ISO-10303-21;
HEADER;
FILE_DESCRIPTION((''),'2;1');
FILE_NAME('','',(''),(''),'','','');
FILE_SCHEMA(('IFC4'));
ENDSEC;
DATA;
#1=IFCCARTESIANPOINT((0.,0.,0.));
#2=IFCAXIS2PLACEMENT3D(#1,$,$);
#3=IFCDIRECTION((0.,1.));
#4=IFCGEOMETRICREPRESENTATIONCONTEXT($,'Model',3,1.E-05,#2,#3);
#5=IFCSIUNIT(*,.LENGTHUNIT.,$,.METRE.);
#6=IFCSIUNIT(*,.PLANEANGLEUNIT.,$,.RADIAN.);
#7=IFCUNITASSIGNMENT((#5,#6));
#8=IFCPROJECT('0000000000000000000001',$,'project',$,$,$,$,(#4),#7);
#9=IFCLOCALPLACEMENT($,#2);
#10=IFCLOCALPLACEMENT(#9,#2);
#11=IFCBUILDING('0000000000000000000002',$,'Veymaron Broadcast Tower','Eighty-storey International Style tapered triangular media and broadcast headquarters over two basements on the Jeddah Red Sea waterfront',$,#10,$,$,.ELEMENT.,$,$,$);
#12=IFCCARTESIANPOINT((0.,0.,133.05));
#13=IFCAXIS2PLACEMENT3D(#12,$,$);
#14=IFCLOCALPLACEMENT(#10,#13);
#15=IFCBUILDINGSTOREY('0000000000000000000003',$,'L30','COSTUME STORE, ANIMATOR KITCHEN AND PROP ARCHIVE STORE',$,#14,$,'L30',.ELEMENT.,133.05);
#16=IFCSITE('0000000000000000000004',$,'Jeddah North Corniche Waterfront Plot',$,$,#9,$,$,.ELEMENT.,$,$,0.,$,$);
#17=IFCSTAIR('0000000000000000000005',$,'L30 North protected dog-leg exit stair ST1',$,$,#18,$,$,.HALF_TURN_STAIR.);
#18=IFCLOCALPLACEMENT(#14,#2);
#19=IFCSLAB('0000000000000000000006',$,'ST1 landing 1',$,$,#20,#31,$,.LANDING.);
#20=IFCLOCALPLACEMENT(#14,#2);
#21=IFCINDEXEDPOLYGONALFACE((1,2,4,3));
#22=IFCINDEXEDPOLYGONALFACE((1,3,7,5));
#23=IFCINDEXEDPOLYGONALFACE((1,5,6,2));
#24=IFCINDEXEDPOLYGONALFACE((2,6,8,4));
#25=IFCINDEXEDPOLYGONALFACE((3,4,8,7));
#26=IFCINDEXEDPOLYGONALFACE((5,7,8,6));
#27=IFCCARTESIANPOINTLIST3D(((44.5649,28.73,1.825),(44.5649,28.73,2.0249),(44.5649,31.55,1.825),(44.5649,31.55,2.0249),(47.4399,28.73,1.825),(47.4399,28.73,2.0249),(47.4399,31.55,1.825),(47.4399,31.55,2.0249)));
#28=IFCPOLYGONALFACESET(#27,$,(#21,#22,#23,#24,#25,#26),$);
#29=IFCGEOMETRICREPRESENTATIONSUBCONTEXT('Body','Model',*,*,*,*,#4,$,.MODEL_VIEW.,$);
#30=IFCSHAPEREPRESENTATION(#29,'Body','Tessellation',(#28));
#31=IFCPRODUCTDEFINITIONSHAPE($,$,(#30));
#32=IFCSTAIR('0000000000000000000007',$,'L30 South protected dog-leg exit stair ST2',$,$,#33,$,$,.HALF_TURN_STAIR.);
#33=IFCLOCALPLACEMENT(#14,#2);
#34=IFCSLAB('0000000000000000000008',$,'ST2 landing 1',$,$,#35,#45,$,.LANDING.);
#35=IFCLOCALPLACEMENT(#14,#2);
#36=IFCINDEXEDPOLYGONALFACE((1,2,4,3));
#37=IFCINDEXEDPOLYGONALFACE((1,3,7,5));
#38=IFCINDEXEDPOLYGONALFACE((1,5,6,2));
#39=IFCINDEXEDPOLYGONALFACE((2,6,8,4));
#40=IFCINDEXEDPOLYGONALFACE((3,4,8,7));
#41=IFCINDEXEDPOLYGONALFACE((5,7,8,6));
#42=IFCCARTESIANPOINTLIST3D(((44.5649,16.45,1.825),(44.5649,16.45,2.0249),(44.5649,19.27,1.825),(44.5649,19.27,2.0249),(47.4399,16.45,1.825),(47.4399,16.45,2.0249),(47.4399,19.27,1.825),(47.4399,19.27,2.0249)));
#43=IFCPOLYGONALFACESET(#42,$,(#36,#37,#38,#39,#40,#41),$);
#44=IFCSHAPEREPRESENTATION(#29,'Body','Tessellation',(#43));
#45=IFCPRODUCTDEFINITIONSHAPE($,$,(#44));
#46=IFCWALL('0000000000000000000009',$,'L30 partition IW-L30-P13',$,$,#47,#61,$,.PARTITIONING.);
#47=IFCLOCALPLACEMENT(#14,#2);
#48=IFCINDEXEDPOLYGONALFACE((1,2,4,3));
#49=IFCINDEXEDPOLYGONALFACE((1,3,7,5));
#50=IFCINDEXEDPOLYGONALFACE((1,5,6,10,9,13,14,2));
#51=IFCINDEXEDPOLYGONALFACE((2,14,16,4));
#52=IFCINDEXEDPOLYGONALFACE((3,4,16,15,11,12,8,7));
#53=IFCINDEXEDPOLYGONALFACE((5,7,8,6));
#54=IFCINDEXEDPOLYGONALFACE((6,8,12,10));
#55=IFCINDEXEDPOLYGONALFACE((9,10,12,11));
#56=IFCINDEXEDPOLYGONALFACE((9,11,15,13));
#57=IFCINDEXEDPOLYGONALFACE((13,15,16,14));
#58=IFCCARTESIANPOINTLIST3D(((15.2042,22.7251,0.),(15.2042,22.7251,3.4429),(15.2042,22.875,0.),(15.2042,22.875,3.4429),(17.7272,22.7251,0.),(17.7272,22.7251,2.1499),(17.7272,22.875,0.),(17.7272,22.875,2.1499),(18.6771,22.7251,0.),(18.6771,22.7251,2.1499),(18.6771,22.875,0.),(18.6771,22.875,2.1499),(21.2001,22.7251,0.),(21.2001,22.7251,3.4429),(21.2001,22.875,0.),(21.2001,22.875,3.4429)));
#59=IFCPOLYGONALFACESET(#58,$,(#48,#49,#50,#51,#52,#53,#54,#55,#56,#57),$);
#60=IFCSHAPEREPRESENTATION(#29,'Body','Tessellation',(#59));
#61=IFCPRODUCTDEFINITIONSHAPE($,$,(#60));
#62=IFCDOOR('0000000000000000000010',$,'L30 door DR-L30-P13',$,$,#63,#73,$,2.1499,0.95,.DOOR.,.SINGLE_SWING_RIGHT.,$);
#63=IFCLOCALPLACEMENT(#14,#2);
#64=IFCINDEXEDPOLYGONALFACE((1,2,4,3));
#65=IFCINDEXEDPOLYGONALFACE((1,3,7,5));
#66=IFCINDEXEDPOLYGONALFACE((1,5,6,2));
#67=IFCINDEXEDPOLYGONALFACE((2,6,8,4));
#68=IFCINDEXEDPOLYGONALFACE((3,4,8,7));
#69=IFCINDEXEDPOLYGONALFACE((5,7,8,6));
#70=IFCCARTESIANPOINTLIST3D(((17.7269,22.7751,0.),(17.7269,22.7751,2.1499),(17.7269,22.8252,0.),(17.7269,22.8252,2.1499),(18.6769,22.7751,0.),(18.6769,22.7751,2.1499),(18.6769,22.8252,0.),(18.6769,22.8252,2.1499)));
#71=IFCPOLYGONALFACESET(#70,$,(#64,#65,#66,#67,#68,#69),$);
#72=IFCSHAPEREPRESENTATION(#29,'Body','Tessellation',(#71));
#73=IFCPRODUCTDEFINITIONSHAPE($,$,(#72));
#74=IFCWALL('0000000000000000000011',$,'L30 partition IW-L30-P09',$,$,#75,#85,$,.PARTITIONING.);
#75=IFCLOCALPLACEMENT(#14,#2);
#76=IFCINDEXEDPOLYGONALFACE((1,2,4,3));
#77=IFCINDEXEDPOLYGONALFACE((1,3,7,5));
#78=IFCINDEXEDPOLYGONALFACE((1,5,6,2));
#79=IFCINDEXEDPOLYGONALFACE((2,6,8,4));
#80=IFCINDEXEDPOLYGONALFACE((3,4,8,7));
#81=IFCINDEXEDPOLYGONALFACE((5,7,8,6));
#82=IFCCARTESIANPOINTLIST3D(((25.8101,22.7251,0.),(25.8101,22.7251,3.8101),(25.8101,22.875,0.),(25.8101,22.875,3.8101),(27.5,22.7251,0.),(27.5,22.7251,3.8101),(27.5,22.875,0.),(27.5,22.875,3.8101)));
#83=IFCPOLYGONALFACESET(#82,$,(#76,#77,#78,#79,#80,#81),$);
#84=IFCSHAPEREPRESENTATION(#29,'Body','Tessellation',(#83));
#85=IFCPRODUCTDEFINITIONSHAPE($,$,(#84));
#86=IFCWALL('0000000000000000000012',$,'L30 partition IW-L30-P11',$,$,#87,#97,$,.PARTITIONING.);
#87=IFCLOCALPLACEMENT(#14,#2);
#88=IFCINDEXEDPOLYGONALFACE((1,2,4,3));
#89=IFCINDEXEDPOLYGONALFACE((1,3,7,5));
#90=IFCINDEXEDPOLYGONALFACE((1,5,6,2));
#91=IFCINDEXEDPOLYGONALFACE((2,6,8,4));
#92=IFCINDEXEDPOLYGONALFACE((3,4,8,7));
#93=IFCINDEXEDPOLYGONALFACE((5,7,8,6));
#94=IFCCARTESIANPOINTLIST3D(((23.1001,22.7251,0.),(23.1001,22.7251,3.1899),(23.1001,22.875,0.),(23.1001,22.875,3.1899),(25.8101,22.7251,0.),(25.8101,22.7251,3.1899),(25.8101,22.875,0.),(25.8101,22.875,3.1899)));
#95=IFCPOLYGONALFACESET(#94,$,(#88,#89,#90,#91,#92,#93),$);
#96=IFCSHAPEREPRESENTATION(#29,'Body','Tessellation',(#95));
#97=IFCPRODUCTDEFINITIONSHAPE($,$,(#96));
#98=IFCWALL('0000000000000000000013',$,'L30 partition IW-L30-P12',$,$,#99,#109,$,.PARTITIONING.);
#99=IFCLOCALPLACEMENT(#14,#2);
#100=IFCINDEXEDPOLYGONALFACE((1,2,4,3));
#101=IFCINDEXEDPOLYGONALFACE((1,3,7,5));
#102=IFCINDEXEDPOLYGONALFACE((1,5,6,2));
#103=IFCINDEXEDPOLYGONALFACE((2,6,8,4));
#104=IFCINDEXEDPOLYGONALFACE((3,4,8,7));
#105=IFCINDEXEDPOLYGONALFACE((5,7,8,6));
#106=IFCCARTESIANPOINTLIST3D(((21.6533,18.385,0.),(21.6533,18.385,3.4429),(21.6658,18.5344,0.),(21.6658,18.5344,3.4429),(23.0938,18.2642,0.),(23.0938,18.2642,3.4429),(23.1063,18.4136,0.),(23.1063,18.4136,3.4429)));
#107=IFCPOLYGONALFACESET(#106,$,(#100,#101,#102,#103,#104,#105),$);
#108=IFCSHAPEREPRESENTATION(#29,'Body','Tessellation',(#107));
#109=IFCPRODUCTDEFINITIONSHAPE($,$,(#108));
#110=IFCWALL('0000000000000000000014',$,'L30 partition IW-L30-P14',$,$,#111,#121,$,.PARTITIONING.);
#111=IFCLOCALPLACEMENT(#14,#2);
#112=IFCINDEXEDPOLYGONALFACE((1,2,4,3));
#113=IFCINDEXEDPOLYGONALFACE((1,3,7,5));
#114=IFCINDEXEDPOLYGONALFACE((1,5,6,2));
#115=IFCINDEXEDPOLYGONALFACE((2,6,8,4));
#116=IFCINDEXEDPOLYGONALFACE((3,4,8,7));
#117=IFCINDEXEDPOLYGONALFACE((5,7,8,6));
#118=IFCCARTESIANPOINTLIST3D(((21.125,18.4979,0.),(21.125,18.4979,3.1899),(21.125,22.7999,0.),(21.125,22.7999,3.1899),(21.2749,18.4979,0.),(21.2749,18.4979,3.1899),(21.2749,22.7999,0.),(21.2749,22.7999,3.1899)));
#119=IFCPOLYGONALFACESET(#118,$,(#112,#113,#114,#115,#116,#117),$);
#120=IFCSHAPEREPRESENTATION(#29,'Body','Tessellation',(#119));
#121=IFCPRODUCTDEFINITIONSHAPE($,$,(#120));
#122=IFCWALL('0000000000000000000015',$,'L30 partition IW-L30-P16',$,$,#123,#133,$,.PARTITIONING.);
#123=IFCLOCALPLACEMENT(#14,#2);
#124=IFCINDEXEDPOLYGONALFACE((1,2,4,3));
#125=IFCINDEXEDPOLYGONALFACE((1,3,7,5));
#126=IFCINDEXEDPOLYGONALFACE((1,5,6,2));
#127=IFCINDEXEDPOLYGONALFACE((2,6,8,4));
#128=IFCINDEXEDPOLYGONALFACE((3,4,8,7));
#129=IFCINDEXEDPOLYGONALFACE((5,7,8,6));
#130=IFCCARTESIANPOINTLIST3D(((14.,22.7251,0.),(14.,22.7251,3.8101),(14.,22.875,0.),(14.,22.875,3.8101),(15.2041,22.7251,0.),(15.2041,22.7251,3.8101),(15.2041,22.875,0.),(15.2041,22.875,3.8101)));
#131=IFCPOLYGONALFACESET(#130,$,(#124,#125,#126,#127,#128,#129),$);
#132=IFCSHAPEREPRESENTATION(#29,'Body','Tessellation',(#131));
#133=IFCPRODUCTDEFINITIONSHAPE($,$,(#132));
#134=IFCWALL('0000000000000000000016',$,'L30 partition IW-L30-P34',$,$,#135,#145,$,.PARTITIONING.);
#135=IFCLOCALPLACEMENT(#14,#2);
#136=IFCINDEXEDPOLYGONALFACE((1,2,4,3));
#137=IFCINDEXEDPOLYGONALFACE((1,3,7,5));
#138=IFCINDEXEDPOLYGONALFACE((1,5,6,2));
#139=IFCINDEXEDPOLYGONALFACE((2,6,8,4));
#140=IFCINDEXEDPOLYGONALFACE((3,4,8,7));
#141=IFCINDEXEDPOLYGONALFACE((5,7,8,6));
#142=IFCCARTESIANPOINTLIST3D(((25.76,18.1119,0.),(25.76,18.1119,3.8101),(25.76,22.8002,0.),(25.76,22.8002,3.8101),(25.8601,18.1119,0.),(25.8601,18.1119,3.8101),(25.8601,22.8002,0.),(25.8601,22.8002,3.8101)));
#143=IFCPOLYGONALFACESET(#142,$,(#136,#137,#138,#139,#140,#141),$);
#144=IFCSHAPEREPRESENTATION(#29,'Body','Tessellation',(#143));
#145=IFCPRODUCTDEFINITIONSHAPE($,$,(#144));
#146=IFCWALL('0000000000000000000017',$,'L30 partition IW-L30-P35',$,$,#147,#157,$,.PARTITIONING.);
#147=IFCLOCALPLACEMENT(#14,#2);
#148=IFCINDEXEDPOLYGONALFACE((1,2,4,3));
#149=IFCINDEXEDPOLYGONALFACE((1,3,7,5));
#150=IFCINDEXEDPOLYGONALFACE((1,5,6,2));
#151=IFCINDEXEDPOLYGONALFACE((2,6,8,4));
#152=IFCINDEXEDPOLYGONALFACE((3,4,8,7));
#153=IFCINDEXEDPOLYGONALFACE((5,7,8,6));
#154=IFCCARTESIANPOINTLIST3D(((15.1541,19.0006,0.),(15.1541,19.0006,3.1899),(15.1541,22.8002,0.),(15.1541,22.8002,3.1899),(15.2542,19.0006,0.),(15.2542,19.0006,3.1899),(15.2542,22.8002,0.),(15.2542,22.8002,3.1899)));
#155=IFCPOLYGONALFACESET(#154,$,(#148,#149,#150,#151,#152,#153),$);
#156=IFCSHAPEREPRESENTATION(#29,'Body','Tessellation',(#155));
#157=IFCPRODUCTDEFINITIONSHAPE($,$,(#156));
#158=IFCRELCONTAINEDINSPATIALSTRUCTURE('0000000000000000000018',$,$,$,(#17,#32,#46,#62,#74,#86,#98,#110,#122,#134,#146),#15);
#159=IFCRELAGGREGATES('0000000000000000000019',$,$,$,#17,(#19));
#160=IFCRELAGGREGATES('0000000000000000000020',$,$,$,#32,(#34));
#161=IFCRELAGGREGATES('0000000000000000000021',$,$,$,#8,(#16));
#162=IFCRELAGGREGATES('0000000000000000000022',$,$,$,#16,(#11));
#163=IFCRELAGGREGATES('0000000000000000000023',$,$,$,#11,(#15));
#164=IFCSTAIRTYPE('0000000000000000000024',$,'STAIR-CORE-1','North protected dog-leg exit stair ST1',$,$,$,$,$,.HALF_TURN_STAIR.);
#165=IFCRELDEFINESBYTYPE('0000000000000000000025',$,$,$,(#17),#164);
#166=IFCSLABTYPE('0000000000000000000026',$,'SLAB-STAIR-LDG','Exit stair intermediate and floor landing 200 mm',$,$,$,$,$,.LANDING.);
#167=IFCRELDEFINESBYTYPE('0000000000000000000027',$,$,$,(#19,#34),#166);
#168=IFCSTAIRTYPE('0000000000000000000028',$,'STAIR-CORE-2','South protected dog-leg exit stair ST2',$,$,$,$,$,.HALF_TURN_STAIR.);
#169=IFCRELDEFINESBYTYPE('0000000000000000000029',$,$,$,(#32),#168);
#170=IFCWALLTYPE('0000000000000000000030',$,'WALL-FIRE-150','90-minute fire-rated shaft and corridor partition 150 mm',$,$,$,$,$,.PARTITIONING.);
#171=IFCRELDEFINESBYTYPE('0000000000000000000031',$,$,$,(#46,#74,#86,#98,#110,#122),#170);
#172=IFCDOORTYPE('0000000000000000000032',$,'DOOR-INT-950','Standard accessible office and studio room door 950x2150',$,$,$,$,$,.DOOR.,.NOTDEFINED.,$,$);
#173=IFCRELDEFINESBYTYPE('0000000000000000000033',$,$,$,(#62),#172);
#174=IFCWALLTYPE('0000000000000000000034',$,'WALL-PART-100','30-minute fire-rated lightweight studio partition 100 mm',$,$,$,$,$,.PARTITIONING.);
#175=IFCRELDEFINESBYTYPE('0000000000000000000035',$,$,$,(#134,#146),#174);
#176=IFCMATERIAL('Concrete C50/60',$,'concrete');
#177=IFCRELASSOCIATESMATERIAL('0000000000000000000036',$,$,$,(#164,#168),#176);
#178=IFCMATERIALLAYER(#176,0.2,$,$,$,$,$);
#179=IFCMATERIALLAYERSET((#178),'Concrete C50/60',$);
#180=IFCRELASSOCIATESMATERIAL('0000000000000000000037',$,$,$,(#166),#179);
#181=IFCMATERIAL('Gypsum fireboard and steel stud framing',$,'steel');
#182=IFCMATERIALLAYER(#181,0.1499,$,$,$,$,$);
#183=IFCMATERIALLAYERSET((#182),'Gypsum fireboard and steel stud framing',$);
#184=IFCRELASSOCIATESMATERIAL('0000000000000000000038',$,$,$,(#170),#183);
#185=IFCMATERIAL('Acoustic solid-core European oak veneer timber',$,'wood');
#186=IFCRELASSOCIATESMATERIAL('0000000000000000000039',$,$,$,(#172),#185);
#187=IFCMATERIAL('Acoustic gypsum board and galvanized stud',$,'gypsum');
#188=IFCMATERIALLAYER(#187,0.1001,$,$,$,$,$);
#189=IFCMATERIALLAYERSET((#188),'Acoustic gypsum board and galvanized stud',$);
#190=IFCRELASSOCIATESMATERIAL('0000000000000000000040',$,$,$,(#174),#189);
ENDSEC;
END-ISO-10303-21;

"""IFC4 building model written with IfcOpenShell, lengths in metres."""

from ifc_helpers import new_model, si_unit, direction, frame, frame_2d, origin, place, context, subcontext, project, spatial, polyline, rectangle, outline, extrude, material, layer, layer_set, type_object, element, fill, aggregate, save


model = new_model("IFC4")

# Units and contexts
model_context = context("Model", 3, precision=1e-05, world=origin(), true_north=direction((0.0, 1.0)))
body_context = subcontext(model_context, "Body", "Model", "MODEL_VIEW")
ifc_project = project(units=[si_unit("LENGTHUNIT", "METRE"), si_unit("PLANEANGLEUNIT", "RADIAN")], contexts=[model_context])

# Site, building, storey
site_placement = place(None, origin())
site = spatial("IfcSite", under=ifc_project, at=site_placement, Name="Jeddah North Corniche Waterfront Plot", CompositionType="ELEMENT", RefElevation=0.0)
building_placement = place(site_placement, origin())
building = spatial("IfcBuilding", under=site, at=building_placement, Name="Veymaron Broadcast Tower", Description="Eighty-storey International Style tapered triangular media and broadcast headquarters over two basements on the Jeddah Red Sea waterfront", CompositionType="ELEMENT")
storey_placement = place(building_placement, frame((0.0, 0.0, 133.05)))
storey = spatial("IfcBuildingStorey", under=building, at=storey_placement, Name="L30", Description="COSTUME STORE, ANIMATOR KITCHEN AND PROP ARCHIVE STORE", LongName="L30", CompositionType="ELEMENT", Elevation=133.05)

# Stairs, slabs
ifc_material_1 = material(Name="Concrete C50/60", Category="concrete")
stair_type_1 = type_object("IfcStairType", Name="STAIR-CORE-1", Description="North protected dog-leg exit stair ST1", PredefinedType="HALF_TURN_STAIR", material=ifc_material_1)
stair_1_placement = place(storey_placement, origin())
stair_1 = element("IfcStair", 1, at=stair_1_placement, inside=storey, type_object=stair_type_1, Name="L30 North protected dog-leg exit stair ST1", PredefinedType="HALF_TURN_STAIR")
ifc_layer_1 = layer(ifc_material_1, 0.2)
ifc_layer_set_1 = layer_set([ifc_layer_1], Name="Concrete C50/60")
slab_type_1 = type_object("IfcSlabType", Name="SLAB-STAIR-LDG", Description="Exit stair intermediate and floor landing 200 mm", PredefinedType="LANDING", material=ifc_layer_set_1)
slab_1_placement = place(storey_placement, frame((0.0, 0.0, 1.825)))
slab_1 = element("IfcSlab", 2, at=slab_1_placement, type_object=slab_type_1, Name="ST1 landing 1", PredefinedType="LANDING", context=body_context, shape_type="SweptSolid", body=[
    extrude(outline(polyline([(44.5649, 28.73), (47.4399, 28.73), (47.4399, 31.55), (44.5649, 31.55), (44.5649, 28.73)])), origin(), (0.0, 0.0, 1.0), 0.2),
])
aggregate(stair_1, [slab_1])
stair_type_2 = type_object("IfcStairType", Name="STAIR-CORE-2", Description="South protected dog-leg exit stair ST2", PredefinedType="HALF_TURN_STAIR", material=ifc_material_1)
stair_2_placement = place(storey_placement, origin())
stair_2 = element("IfcStair", 3, at=stair_2_placement, inside=storey, type_object=stair_type_2, Name="L30 South protected dog-leg exit stair ST2", PredefinedType="HALF_TURN_STAIR")
slab_2_placement = place(storey_placement, frame((0.0, 0.0, 1.825)))
slab_2 = element("IfcSlab", 4, at=slab_2_placement, type_object=slab_type_1, Name="ST2 landing 1", PredefinedType="LANDING", context=body_context, shape_type="SweptSolid", body=[
    extrude(outline(polyline([(44.5649, 16.45), (47.4399, 16.45), (47.4399, 19.27), (44.5649, 19.27), (44.5649, 16.45)])), origin(), (0.0, 0.0, 1.0), 0.2),
])
aggregate(stair_2, [slab_2])

# Wall, opening, door
ifc_material_2 = material(Name="Gypsum fireboard and steel stud framing", Category="steel")
ifc_layer_2 = layer(ifc_material_2, 0.1499)
ifc_layer_set_2 = layer_set([ifc_layer_2], Name="Gypsum fireboard and steel stud framing")
wall_type_1 = type_object("IfcWallType", Name="WALL-FIRE-150", Description="90-minute fire-rated shaft and corridor partition 150 mm", PredefinedType="PARTITIONING", material=ifc_layer_set_2)
ifc_material_3 = material(Name="Acoustic solid-core European oak veneer timber", Category="wood")
door_type = type_object("IfcDoorType", Name="DOOR-INT-950", Description="Standard accessible office and studio room door 950x2150", OperationType="NOTDEFINED", PredefinedType="DOOR", material=ifc_material_3)
wall_1_placement = place(storey_placement, frame((15.2041, 22.8, 0.0), z_axis=(0.0, 0.0, 1.0), x_axis=(1.0, 0.0, 0.0)))
wall_1 = element("IfcWall", 5, at=wall_1_placement, inside=storey, type_object=wall_type_1, Name="L30 partition IW-L30-P13", PredefinedType="PARTITIONING", context=body_context, shape_type="SweptSolid", body=[
    extrude(rectangle(XDim=5.9958, YDim=0.1499, at=frame_2d((2.998, 0.0))), origin(), (0.0, 0.0, 1.0), 3.4429),
])
opening_1_placement = place(wall_1_placement, frame((2.5229, 0.0, 0.0)))
opening_1 = element("IfcOpeningElement", 6, at=opening_1_placement, cuts=wall_1, PredefinedType="OPENING", context=body_context, shape_type="SweptSolid", body=[
    extrude(rectangle(XDim=0.95, YDim=2.1499, at=frame_2d((0.4751, 1.075))), frame((0.0, 0.085, 0.0), z_axis=(0.0, -1.0, 0.0), x_axis=(1.0, 0.0, 0.0)), (0.0, 0.0, 1.0), 0.1699),
])
door_1_placement = place(opening_1_placement, frame((0.95, 0.0, 0.0), z_axis=(0.0, 0.0, 1.0), x_axis=(-1.0, 0.0, 0.0)))
door_1 = element("IfcDoor", 7, at=door_1_placement, inside=storey, type_object=door_type, Name="L30 door DR-L30-P13", OperationType="SINGLE_SWING_RIGHT", OverallHeight=2.1499, OverallWidth=0.95, PredefinedType="DOOR", context=body_context, shape_type="SweptSolid", body=[
    extrude(rectangle(XDim=0.95, YDim=2.1499, at=frame_2d((0.4751, 1.075))), frame((0.0, 0.0249, 0.0), z_axis=(0.0, -1.0, 0.0), x_axis=(1.0, 0.0, 0.0)), (0.0, 0.0, 1.0), 0.05),
])
fill(opening_1, door_1)

# Walls
wall_2_placement = place(storey_placement, frame((25.8101, 22.8, 0.0), z_axis=(0.0, 0.0, 1.0), x_axis=(1.0, 0.0, 0.0)))
element("IfcWall", 8, at=wall_2_placement, inside=storey, type_object=wall_type_1, Name="L30 partition IW-L30-P09", PredefinedType="PARTITIONING", context=body_context, shape_type="SweptSolid", body=[
    extrude(rectangle(XDim=1.6899, YDim=0.1499, at=frame_2d((0.845, 0.0))), origin(), (0.0, 0.0, 1.0), 3.8101),
])
wall_3_placement = place(storey_placement, frame((23.1001, 22.8, 0.0), z_axis=(0.0, 0.0, 1.0), x_axis=(1.0, 0.0, 0.0)))
element("IfcWall", 9, at=wall_3_placement, inside=storey, type_object=wall_type_1, Name="L30 partition IW-L30-P11", PredefinedType="PARTITIONING", context=body_context, shape_type="SweptSolid", body=[
    extrude(rectangle(XDim=2.71, YDim=0.1499, at=frame_2d((1.355, 0.0))), origin(), (0.0, 0.0, 1.0), 3.1899),
])
wall_4_placement = place(storey_placement, frame((21.6597, 18.4597, 0.0), z_axis=(0.0, 0.0, 1.0), x_axis=(0.996499, -0.083605, 0.0)))
element("IfcWall", 10, at=wall_4_placement, inside=storey, type_object=wall_type_1, Name="L30 partition IW-L30-P12", PredefinedType="PARTITIONING", context=body_context, shape_type="SweptSolid", body=[
    extrude(rectangle(XDim=1.4456, YDim=0.1499, at=frame_2d((0.7227, 0.0))), origin(), (0.0, 0.0, 1.0), 3.4429),
])
wall_5_placement = place(storey_placement, frame((21.2, 18.498, 0.0), z_axis=(0.0, 0.0, 1.0), x_axis=(0.0, 1.0, 0.0)))
element("IfcWall", 11, at=wall_5_placement, inside=storey, type_object=wall_type_1, Name="L30 partition IW-L30-P14", PredefinedType="PARTITIONING", context=body_context, shape_type="SweptSolid", body=[
    extrude(rectangle(XDim=4.302, YDim=0.1499, at=frame_2d((2.1509, 0.0))), origin(), (0.0, 0.0, 1.0), 3.1899),
])
wall_6_placement = place(storey_placement, frame((14.0, 22.8, 0.0), z_axis=(0.0, 0.0, 1.0), x_axis=(1.0, 0.0, 0.0)))
element("IfcWall", 12, at=wall_6_placement, inside=storey, type_object=wall_type_1, Name="L30 partition IW-L30-P16", PredefinedType="PARTITIONING", context=body_context, shape_type="SweptSolid", body=[
    extrude(rectangle(XDim=1.2041, YDim=0.1499, at=frame_2d((0.6021, 0.0))), origin(), (0.0, 0.0, 1.0), 3.8101),
])
ifc_material_4 = material(Name="Acoustic gypsum board and galvanized stud", Category="gypsum")
ifc_layer_3 = layer(ifc_material_4, 0.1001)
ifc_layer_set_3 = layer_set([ifc_layer_3], Name="Acoustic gypsum board and galvanized stud")
wall_type_2 = type_object("IfcWallType", Name="WALL-PART-100", Description="30-minute fire-rated lightweight studio partition 100 mm", PredefinedType="PARTITIONING", material=ifc_layer_set_3)
wall_7_placement = place(storey_placement, frame((25.8101, 18.1118, 0.0), z_axis=(0.0, 0.0, 1.0), x_axis=(0.0, 1.0, 0.0)))
element("IfcWall", 13, at=wall_7_placement, inside=storey, type_object=wall_type_2, Name="L30 partition IW-L30-P34", PredefinedType="PARTITIONING", context=body_context, shape_type="SweptSolid", body=[
    extrude(rectangle(XDim=4.6882, YDim=0.1001, at=frame_2d((2.3442, 0.0))), origin(), (0.0, 0.0, 1.0), 3.8101),
])
wall_8_placement = place(storey_placement, frame((15.2041, 19.0005, 0.0), z_axis=(0.0, 0.0, 1.0), x_axis=(0.0, 1.0, 0.0)))
element("IfcWall", 14, at=wall_8_placement, inside=storey, type_object=wall_type_2, Name="L30 partition IW-L30-P35", PredefinedType="PARTITIONING", context=body_context, shape_type="SweptSolid", body=[
    extrude(rectangle(XDim=3.7996, YDim=0.1001, at=frame_2d((1.8999, 0.0))), origin(), (0.0, 0.0, 1.0), 3.1899),
])

save(model, "model.ifc")
